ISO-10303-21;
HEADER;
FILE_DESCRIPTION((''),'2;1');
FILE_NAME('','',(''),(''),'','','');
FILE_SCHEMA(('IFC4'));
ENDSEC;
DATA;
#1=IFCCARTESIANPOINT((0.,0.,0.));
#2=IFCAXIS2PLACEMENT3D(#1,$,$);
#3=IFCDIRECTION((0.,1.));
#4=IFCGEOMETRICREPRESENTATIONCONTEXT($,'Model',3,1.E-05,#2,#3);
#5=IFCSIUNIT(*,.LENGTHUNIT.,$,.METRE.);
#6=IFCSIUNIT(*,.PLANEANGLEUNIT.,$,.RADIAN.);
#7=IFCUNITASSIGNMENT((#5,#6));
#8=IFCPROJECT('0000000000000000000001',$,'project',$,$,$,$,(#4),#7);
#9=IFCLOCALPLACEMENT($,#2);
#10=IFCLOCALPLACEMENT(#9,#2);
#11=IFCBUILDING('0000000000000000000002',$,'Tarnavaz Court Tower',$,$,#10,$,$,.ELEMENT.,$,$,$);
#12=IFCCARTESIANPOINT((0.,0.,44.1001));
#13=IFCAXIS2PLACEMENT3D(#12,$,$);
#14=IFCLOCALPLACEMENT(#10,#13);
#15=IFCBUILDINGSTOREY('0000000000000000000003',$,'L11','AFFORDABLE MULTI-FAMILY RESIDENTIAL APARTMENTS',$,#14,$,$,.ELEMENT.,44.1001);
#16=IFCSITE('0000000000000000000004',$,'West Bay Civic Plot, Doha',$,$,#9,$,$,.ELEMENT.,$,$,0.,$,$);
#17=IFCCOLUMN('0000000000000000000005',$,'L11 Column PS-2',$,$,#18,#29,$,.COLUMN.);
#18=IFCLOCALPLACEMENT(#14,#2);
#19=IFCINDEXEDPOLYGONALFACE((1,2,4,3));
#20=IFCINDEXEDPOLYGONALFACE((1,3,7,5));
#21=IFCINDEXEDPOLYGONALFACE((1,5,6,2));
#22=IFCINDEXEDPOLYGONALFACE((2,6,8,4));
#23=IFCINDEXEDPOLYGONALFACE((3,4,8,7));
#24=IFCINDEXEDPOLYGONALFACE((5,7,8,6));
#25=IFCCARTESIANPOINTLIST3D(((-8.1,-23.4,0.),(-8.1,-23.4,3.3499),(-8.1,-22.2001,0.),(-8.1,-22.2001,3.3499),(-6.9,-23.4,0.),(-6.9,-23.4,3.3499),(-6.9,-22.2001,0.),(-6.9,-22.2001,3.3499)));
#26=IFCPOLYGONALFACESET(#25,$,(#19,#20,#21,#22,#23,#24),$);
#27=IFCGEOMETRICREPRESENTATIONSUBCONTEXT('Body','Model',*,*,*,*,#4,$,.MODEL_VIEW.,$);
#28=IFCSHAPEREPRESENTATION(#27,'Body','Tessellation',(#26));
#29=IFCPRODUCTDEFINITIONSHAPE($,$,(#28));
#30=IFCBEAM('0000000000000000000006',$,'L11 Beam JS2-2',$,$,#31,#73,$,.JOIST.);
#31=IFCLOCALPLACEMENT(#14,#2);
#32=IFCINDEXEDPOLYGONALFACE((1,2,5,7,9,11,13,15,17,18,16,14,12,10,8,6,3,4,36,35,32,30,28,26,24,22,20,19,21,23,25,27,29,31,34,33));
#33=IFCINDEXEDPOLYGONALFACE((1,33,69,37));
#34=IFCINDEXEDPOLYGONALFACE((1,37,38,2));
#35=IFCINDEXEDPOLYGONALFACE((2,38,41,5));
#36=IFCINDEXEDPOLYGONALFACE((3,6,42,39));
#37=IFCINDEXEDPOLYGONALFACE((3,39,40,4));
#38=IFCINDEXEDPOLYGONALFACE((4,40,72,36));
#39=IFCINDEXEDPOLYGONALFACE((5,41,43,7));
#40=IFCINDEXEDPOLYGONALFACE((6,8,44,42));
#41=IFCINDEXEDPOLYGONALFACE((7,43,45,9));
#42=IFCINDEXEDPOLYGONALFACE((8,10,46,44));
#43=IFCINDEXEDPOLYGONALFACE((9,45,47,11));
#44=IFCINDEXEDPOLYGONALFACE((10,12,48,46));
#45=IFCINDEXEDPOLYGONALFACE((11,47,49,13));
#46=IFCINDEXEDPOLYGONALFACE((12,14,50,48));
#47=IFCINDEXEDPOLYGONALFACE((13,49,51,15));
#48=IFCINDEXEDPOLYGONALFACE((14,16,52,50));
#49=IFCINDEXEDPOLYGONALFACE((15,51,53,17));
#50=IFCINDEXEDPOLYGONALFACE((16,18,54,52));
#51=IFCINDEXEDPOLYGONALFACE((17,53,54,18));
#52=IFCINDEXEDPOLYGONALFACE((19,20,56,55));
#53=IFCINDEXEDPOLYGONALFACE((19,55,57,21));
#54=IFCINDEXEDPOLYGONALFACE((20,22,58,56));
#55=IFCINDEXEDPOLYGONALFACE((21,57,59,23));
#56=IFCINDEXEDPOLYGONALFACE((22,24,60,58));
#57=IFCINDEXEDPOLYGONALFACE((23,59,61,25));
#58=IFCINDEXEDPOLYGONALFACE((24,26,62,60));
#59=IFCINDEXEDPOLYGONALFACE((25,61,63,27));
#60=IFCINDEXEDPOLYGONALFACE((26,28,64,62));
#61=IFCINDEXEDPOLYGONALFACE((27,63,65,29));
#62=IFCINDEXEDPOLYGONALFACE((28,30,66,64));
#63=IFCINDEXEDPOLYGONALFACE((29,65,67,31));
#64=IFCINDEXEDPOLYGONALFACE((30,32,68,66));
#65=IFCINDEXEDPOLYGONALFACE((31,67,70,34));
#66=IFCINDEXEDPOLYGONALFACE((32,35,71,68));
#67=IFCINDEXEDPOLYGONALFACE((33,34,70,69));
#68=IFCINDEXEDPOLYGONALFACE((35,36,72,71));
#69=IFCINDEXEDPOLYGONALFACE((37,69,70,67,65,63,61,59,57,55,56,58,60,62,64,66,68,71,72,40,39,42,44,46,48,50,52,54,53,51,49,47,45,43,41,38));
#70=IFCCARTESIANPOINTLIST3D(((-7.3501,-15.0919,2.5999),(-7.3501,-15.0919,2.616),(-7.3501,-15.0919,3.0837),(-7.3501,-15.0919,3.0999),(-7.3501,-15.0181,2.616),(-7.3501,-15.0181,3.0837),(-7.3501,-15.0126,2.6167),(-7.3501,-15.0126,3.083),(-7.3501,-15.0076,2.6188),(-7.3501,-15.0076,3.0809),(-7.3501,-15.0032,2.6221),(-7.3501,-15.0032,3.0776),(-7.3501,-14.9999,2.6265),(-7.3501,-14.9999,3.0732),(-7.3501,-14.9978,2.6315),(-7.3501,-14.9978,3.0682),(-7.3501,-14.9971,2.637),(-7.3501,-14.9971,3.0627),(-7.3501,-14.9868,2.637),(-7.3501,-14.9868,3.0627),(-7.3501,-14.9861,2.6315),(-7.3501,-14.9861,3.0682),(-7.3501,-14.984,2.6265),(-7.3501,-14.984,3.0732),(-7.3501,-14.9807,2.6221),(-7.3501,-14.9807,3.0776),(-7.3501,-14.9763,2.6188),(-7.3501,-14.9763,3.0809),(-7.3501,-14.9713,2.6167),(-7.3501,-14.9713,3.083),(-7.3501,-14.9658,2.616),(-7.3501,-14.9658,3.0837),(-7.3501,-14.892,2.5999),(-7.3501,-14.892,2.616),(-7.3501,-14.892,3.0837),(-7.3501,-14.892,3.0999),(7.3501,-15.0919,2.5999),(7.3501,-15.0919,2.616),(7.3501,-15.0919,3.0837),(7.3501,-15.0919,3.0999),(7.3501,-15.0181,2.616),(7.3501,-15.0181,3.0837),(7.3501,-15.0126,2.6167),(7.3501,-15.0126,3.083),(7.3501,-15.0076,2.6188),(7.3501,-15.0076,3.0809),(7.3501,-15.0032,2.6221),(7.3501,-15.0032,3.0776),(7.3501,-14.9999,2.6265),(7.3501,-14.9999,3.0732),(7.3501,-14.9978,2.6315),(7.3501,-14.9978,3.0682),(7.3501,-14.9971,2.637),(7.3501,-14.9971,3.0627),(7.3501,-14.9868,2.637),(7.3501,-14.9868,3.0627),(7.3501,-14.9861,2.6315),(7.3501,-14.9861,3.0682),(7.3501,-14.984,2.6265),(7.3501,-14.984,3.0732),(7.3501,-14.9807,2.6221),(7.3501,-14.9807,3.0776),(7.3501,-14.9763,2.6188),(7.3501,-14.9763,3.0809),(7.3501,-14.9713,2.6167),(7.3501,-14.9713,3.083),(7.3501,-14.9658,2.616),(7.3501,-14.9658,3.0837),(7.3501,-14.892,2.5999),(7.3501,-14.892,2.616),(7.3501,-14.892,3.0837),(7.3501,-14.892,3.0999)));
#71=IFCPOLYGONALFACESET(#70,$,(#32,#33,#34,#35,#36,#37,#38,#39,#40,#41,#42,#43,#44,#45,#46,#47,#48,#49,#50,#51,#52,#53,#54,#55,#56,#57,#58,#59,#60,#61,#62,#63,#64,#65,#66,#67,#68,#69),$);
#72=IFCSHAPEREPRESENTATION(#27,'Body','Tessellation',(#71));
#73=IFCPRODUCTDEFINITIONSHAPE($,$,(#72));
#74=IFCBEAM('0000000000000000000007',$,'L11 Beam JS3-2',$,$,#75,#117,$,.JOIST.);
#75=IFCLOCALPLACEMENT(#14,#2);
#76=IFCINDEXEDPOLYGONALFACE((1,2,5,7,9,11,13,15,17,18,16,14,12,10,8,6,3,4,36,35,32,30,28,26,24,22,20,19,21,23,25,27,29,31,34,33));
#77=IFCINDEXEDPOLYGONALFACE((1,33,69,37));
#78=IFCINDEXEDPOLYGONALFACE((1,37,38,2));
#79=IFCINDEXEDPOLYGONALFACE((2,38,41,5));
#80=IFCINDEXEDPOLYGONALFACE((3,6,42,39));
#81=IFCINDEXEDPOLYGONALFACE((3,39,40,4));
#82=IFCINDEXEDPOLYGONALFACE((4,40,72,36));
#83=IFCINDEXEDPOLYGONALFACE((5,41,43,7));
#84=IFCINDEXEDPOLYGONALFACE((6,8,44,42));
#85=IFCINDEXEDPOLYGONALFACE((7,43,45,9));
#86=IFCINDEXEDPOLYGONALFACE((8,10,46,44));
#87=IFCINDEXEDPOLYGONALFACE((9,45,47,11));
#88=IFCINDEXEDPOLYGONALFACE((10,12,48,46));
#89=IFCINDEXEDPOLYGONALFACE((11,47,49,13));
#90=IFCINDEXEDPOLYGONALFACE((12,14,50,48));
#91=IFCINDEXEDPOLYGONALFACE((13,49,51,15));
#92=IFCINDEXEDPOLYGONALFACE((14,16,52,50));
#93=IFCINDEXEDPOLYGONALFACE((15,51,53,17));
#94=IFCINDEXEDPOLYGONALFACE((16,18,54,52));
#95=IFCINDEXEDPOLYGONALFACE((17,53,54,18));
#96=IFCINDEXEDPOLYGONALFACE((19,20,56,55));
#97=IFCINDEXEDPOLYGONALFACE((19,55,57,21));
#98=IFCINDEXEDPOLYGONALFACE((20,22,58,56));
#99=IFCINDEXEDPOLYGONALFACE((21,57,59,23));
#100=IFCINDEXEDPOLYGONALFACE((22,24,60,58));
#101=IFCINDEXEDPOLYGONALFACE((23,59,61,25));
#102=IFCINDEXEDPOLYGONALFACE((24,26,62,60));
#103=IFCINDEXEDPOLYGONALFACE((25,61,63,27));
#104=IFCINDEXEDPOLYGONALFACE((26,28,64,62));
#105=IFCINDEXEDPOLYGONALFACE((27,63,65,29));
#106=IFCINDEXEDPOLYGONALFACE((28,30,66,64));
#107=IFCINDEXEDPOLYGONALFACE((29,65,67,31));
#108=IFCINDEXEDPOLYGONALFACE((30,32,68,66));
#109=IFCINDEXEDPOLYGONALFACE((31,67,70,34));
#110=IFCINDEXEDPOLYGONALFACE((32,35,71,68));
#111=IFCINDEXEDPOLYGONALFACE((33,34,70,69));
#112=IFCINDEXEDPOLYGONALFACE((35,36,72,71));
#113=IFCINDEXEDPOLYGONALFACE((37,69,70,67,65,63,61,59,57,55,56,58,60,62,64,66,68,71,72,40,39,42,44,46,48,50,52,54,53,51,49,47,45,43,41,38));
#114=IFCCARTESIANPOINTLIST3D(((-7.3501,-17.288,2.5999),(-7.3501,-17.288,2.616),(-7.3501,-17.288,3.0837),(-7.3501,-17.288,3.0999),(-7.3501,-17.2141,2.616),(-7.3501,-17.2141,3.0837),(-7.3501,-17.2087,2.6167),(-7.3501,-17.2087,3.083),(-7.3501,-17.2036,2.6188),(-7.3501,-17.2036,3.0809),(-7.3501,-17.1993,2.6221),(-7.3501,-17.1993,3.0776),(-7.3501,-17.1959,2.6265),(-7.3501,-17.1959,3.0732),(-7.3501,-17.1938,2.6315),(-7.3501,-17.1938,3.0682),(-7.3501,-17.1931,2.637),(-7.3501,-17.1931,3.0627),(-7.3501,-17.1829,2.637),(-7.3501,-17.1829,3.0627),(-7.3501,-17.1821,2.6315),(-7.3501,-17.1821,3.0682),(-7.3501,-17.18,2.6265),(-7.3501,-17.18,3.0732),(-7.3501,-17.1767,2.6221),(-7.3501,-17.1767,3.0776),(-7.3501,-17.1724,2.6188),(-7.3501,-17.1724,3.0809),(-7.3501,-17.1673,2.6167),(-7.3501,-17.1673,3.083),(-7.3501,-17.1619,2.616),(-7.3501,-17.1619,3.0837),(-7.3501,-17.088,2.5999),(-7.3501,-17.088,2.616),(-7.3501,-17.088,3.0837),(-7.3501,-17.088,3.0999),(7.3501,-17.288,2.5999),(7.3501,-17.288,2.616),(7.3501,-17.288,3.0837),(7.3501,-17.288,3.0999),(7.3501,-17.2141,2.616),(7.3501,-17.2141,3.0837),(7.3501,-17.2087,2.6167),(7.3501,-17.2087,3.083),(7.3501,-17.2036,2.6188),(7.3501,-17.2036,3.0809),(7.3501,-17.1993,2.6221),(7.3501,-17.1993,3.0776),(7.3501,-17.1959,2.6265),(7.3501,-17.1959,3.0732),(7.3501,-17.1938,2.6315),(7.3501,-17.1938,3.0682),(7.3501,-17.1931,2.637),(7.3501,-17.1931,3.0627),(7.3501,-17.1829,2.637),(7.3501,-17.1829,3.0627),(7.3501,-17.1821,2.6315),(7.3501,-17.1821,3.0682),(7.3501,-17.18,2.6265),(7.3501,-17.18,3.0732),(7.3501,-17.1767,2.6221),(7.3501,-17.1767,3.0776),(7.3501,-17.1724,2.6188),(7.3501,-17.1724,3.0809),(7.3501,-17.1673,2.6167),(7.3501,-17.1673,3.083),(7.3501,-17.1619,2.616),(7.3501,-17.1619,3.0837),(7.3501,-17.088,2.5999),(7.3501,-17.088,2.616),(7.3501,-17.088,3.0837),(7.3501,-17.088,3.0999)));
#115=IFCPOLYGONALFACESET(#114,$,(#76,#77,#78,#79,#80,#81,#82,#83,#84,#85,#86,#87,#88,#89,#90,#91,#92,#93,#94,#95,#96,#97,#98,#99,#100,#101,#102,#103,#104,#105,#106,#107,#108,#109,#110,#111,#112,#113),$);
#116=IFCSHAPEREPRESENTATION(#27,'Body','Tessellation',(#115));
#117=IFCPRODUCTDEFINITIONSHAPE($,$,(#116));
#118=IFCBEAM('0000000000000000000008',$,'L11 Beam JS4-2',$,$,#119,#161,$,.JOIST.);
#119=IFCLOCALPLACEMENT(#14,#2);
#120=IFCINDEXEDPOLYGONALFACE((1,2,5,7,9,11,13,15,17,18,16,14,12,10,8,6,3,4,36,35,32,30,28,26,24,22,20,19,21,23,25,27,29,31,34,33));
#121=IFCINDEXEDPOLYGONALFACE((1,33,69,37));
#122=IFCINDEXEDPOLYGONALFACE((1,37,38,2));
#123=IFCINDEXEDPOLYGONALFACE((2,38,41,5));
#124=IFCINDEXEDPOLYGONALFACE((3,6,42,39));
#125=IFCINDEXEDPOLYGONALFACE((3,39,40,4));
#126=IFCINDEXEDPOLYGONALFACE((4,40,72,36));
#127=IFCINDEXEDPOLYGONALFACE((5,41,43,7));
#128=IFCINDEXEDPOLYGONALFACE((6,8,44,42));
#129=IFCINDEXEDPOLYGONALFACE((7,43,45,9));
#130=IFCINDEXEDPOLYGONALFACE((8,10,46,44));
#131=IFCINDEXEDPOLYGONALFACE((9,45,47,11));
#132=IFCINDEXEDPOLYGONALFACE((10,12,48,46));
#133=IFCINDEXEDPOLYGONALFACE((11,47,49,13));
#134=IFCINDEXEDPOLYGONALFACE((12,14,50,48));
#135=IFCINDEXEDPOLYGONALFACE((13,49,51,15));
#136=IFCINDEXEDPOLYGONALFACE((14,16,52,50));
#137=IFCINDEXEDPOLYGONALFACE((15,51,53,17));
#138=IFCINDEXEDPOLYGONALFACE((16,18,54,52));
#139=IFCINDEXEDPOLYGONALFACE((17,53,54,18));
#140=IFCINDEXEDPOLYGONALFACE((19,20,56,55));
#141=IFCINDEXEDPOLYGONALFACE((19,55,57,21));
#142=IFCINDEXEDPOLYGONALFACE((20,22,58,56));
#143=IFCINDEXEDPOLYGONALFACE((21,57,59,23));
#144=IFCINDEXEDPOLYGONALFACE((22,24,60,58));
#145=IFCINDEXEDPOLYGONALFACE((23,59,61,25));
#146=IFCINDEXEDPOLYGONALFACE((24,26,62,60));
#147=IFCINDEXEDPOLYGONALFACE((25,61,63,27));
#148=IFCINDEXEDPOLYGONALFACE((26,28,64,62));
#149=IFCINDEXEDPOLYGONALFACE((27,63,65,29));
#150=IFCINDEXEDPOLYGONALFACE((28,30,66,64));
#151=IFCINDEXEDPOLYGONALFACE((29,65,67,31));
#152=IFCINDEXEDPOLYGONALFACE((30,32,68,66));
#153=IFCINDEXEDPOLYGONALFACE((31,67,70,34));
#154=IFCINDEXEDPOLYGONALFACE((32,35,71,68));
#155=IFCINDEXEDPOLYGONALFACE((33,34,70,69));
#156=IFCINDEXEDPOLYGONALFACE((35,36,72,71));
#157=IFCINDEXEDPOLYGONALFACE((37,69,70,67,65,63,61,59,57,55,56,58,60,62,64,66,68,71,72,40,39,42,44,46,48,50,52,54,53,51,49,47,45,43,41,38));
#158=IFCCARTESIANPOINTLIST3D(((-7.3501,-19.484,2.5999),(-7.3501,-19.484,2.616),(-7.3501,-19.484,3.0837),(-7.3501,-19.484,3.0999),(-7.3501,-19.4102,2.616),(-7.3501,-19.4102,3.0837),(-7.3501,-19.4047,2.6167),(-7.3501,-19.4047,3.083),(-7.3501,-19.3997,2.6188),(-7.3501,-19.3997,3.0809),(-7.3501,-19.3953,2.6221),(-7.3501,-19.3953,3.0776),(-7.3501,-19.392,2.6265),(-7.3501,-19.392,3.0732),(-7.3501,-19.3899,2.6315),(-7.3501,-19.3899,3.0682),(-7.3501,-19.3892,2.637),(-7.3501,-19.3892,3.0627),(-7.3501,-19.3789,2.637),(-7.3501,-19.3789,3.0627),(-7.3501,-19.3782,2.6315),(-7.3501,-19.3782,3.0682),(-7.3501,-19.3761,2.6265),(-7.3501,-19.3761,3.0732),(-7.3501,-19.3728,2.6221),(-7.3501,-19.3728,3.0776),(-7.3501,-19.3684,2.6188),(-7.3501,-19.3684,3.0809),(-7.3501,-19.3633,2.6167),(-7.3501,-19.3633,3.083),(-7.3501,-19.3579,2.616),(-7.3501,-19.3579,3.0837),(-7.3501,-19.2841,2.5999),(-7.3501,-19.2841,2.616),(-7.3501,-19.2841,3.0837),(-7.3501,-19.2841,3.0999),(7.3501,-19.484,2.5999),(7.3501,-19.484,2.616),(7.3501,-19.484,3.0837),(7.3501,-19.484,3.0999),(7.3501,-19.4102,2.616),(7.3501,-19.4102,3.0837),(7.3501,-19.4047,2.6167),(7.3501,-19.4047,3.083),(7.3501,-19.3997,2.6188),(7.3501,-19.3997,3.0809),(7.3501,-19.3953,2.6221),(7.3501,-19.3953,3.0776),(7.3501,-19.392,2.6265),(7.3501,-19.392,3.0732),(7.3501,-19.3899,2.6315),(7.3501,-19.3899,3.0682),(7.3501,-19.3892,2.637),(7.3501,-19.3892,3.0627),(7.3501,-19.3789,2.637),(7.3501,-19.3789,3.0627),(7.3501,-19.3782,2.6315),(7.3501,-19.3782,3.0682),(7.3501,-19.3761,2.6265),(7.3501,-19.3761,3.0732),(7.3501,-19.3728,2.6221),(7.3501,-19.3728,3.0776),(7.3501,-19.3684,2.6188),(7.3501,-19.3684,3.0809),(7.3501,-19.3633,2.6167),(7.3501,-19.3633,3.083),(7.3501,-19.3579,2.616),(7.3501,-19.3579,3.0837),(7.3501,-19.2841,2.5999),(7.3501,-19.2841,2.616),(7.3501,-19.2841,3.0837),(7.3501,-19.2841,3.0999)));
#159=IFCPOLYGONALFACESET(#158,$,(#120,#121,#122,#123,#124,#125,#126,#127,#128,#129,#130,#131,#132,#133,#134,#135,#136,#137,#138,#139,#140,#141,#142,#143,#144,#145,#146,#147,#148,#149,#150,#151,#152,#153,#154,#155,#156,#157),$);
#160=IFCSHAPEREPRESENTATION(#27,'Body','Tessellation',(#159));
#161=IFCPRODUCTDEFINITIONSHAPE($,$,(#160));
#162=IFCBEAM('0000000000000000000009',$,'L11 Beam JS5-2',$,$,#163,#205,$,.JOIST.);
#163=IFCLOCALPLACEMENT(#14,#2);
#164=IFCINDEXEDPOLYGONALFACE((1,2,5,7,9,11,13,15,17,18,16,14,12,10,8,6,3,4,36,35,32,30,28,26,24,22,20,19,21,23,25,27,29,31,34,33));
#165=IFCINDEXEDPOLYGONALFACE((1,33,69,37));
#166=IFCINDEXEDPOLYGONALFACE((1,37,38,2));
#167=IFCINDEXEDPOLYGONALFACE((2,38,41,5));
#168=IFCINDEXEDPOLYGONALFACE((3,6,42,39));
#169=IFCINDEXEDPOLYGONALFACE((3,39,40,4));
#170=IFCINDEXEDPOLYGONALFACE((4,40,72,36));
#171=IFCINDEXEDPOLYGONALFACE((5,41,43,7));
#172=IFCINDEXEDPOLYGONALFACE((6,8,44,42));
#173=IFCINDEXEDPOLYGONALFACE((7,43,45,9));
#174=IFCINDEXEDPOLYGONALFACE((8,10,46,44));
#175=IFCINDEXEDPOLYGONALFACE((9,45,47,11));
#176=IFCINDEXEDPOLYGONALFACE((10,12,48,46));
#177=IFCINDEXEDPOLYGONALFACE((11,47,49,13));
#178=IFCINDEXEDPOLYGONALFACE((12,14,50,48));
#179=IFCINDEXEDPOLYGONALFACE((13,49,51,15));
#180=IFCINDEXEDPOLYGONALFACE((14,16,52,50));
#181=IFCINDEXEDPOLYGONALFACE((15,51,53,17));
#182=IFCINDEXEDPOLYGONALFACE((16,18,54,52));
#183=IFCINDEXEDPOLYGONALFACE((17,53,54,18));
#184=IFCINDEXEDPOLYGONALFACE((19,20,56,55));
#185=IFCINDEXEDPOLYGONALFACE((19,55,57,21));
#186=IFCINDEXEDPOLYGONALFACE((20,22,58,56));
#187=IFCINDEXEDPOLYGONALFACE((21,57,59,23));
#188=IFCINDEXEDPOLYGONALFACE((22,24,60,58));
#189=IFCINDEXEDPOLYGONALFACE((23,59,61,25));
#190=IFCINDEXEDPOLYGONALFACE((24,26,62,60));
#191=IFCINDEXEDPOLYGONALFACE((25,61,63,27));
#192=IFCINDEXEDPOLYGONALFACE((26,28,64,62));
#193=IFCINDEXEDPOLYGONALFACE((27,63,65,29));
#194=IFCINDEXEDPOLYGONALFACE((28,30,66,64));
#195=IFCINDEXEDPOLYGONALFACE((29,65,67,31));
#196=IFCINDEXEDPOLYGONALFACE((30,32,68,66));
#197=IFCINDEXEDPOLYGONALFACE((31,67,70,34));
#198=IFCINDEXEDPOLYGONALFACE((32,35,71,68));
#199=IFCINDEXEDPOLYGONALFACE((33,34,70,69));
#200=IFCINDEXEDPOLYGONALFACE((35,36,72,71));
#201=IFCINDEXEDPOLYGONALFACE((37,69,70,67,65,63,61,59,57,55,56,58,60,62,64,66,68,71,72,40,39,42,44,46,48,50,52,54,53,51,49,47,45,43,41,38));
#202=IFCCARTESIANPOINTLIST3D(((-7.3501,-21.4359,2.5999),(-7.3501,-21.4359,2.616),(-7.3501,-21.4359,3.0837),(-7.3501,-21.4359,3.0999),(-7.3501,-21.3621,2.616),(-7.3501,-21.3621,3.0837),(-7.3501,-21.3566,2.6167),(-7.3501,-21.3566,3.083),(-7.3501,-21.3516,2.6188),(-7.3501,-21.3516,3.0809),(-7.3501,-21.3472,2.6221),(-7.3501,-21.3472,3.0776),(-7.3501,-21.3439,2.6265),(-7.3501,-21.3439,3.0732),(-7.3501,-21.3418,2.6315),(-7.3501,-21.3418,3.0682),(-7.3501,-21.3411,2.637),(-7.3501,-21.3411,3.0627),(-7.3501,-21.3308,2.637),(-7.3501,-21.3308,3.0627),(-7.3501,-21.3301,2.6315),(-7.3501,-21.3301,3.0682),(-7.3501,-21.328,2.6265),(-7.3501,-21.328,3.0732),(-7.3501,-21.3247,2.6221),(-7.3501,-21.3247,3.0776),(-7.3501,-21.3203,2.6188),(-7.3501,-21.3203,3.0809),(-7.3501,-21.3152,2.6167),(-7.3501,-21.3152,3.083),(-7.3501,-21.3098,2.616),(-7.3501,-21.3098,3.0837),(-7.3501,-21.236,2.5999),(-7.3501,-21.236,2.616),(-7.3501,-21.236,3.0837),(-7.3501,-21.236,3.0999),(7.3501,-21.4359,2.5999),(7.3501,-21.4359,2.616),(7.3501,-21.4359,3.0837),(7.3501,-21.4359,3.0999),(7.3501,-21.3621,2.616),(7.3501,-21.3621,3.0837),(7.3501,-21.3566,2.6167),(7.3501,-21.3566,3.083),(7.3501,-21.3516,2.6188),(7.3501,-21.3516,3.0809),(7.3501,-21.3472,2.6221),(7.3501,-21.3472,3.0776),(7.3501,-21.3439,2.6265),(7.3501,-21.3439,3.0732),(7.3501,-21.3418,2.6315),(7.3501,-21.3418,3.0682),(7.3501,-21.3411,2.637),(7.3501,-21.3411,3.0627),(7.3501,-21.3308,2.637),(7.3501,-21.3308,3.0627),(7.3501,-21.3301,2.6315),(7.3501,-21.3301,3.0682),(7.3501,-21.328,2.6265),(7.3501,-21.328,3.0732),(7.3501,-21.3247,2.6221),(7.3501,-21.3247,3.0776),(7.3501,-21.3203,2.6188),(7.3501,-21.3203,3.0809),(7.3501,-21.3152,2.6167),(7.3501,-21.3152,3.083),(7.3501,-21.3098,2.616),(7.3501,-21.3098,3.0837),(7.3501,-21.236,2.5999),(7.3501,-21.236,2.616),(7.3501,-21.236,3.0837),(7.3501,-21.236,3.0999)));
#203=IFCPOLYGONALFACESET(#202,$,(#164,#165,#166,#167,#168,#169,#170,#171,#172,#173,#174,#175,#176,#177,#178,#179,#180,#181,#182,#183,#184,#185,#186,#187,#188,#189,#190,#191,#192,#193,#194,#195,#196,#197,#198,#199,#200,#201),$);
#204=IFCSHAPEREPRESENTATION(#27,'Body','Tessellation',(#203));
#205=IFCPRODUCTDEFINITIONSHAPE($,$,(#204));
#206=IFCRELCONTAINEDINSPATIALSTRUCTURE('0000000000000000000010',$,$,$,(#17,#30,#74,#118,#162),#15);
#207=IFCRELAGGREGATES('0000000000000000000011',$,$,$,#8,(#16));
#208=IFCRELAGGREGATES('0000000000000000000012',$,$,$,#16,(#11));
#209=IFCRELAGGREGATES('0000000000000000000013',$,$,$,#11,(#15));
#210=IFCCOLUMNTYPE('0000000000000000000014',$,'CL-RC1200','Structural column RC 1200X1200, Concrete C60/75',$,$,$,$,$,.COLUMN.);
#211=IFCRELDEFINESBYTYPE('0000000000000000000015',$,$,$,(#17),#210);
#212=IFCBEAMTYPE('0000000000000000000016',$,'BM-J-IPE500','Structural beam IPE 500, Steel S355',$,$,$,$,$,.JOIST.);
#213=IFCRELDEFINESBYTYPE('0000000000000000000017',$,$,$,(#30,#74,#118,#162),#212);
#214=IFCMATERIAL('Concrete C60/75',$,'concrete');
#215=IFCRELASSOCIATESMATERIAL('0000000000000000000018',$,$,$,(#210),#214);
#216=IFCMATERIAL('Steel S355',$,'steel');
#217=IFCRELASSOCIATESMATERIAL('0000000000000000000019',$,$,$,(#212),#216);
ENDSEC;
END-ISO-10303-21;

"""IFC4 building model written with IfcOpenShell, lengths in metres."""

from ifc_helpers import new_model, si_unit, direction, frame, origin, origin_2d, place, context, subcontext, project, spatial, rectangle, i_section, extrude, material, material_profile, profile_set, type_object, element, save


model = new_model("IFC4")

# Units and contexts
model_context = context("Model", 3, precision=1e-05, world=origin(), true_north=direction((0.0, 1.0)))
body_context = subcontext(model_context, "Body", "Model", "MODEL_VIEW")
ifc_project = project(units=[si_unit("LENGTHUNIT", "METRE"), si_unit("PLANEANGLEUNIT", "RADIAN")], contexts=[model_context])

# Site, building, storey
site_placement = place(None, origin())
site = spatial("IfcSite", under=ifc_project, at=site_placement, Name="West Bay Civic Plot, Doha", CompositionType="ELEMENT", RefElevation=0.0)
building_placement = place(site_placement, origin())
building = spatial("IfcBuilding", under=site, at=building_placement, Name="Tarnavaz Court Tower", CompositionType="ELEMENT")
storey_placement = place(building_placement, frame((0.0, 0.0, 44.1001)))
storey = spatial("IfcBuildingStorey", under=building, at=storey_placement, Name="L11", Description="AFFORDABLE MULTI-FAMILY RESIDENTIAL APARTMENTS", CompositionType="ELEMENT", Elevation=44.1001)

# Column
ifc_material_1 = material(Name="Concrete C60/75", Category="concrete")
ifc_material_profile_1 = material_profile(ifc_material_1, rectangle(XDim=1.2, YDim=1.2, at=origin_2d()), Name="RC 1200X1200")
ifc_profile_set_1 = profile_set([ifc_material_profile_1], Name="Concrete C60/75")
column_type = type_object("IfcColumnType", Name="CL-RC1200", Description="Structural column RC 1200X1200, Concrete C60/75", PredefinedType="COLUMN", material=ifc_profile_set_1)
column_placement = place(storey_placement, frame((-7.5, -22.8, 0.0), z_axis=(0.0, 0.0, 1.0), x_axis=(1.0, 0.0, 0.0)))
element("IfcColumn", 1, at=column_placement, inside=storey, type_object=column_type, Name="L11 Column PS-2", PredefinedType="COLUMN", context=body_context, shape_type="SweptSolid", body=[
    extrude(rectangle(XDim=1.2, YDim=1.2, at=origin_2d()), origin(), (0.0, 0.0, 1.0), 3.3499),
])

# Beams
ifc_material_2 = material(Name="Steel S355", Category="steel")
ifc_material_profile_2 = material_profile(ifc_material_2, i_section(OverallWidth=0.2, OverallDepth=0.5, WebThickness=0.0103, FlangeThickness=0.0161, FilletRadius=0.021, at=origin_2d()), Name="IPE 500")
ifc_profile_set_2 = profile_set([ifc_material_profile_2], Name="Steel S355")
beam_type_1 = type_object("IfcBeamType", Name="BM-J-IPE500", Description="Structural beam IPE 500, Steel S355", PredefinedType="JOIST", material=ifc_profile_set_2)
for number, where, z_axis, x_axis, name in (
    (2, (-7.3501, -14.9919, 2.8499), (1.0, 0.0, 0.0), (0.0, 1.0, 0.0), "L11 Beam JS2-2"),
    (3, (-7.3501, -17.188, 2.8499), (1.0, 0.0, 0.0), (0.0, 1.0, 0.0), "L11 Beam JS3-2"),
    (4, (-7.3501, -19.384, 2.8499), (1.0, 0.0, 0.0), (0.0, 1.0, 0.0), "L11 Beam JS4-2"),
    (5, (-7.3501, -21.3359, 2.8499), (1.0, 0.0, 0.0), (0.0, 1.0, 0.0), "L11 Beam JS5-2"),
):
    element("IfcBeam", number, at=place(storey_placement, frame(where, z_axis=z_axis, x_axis=x_axis)), inside=storey, type_object=beam_type_1, Name=name, PredefinedType="JOIST", context=body_context, shape_type="SweptSolid", body=[
        extrude(i_section(OverallWidth=0.2, OverallDepth=0.5, WebThickness=0.0103, FlangeThickness=0.0161, FilletRadius=0.021, at=origin_2d()), origin(), (0.0, 0.0, 1.0), 14.7002),
    ])

save(model, "model.ifc")
